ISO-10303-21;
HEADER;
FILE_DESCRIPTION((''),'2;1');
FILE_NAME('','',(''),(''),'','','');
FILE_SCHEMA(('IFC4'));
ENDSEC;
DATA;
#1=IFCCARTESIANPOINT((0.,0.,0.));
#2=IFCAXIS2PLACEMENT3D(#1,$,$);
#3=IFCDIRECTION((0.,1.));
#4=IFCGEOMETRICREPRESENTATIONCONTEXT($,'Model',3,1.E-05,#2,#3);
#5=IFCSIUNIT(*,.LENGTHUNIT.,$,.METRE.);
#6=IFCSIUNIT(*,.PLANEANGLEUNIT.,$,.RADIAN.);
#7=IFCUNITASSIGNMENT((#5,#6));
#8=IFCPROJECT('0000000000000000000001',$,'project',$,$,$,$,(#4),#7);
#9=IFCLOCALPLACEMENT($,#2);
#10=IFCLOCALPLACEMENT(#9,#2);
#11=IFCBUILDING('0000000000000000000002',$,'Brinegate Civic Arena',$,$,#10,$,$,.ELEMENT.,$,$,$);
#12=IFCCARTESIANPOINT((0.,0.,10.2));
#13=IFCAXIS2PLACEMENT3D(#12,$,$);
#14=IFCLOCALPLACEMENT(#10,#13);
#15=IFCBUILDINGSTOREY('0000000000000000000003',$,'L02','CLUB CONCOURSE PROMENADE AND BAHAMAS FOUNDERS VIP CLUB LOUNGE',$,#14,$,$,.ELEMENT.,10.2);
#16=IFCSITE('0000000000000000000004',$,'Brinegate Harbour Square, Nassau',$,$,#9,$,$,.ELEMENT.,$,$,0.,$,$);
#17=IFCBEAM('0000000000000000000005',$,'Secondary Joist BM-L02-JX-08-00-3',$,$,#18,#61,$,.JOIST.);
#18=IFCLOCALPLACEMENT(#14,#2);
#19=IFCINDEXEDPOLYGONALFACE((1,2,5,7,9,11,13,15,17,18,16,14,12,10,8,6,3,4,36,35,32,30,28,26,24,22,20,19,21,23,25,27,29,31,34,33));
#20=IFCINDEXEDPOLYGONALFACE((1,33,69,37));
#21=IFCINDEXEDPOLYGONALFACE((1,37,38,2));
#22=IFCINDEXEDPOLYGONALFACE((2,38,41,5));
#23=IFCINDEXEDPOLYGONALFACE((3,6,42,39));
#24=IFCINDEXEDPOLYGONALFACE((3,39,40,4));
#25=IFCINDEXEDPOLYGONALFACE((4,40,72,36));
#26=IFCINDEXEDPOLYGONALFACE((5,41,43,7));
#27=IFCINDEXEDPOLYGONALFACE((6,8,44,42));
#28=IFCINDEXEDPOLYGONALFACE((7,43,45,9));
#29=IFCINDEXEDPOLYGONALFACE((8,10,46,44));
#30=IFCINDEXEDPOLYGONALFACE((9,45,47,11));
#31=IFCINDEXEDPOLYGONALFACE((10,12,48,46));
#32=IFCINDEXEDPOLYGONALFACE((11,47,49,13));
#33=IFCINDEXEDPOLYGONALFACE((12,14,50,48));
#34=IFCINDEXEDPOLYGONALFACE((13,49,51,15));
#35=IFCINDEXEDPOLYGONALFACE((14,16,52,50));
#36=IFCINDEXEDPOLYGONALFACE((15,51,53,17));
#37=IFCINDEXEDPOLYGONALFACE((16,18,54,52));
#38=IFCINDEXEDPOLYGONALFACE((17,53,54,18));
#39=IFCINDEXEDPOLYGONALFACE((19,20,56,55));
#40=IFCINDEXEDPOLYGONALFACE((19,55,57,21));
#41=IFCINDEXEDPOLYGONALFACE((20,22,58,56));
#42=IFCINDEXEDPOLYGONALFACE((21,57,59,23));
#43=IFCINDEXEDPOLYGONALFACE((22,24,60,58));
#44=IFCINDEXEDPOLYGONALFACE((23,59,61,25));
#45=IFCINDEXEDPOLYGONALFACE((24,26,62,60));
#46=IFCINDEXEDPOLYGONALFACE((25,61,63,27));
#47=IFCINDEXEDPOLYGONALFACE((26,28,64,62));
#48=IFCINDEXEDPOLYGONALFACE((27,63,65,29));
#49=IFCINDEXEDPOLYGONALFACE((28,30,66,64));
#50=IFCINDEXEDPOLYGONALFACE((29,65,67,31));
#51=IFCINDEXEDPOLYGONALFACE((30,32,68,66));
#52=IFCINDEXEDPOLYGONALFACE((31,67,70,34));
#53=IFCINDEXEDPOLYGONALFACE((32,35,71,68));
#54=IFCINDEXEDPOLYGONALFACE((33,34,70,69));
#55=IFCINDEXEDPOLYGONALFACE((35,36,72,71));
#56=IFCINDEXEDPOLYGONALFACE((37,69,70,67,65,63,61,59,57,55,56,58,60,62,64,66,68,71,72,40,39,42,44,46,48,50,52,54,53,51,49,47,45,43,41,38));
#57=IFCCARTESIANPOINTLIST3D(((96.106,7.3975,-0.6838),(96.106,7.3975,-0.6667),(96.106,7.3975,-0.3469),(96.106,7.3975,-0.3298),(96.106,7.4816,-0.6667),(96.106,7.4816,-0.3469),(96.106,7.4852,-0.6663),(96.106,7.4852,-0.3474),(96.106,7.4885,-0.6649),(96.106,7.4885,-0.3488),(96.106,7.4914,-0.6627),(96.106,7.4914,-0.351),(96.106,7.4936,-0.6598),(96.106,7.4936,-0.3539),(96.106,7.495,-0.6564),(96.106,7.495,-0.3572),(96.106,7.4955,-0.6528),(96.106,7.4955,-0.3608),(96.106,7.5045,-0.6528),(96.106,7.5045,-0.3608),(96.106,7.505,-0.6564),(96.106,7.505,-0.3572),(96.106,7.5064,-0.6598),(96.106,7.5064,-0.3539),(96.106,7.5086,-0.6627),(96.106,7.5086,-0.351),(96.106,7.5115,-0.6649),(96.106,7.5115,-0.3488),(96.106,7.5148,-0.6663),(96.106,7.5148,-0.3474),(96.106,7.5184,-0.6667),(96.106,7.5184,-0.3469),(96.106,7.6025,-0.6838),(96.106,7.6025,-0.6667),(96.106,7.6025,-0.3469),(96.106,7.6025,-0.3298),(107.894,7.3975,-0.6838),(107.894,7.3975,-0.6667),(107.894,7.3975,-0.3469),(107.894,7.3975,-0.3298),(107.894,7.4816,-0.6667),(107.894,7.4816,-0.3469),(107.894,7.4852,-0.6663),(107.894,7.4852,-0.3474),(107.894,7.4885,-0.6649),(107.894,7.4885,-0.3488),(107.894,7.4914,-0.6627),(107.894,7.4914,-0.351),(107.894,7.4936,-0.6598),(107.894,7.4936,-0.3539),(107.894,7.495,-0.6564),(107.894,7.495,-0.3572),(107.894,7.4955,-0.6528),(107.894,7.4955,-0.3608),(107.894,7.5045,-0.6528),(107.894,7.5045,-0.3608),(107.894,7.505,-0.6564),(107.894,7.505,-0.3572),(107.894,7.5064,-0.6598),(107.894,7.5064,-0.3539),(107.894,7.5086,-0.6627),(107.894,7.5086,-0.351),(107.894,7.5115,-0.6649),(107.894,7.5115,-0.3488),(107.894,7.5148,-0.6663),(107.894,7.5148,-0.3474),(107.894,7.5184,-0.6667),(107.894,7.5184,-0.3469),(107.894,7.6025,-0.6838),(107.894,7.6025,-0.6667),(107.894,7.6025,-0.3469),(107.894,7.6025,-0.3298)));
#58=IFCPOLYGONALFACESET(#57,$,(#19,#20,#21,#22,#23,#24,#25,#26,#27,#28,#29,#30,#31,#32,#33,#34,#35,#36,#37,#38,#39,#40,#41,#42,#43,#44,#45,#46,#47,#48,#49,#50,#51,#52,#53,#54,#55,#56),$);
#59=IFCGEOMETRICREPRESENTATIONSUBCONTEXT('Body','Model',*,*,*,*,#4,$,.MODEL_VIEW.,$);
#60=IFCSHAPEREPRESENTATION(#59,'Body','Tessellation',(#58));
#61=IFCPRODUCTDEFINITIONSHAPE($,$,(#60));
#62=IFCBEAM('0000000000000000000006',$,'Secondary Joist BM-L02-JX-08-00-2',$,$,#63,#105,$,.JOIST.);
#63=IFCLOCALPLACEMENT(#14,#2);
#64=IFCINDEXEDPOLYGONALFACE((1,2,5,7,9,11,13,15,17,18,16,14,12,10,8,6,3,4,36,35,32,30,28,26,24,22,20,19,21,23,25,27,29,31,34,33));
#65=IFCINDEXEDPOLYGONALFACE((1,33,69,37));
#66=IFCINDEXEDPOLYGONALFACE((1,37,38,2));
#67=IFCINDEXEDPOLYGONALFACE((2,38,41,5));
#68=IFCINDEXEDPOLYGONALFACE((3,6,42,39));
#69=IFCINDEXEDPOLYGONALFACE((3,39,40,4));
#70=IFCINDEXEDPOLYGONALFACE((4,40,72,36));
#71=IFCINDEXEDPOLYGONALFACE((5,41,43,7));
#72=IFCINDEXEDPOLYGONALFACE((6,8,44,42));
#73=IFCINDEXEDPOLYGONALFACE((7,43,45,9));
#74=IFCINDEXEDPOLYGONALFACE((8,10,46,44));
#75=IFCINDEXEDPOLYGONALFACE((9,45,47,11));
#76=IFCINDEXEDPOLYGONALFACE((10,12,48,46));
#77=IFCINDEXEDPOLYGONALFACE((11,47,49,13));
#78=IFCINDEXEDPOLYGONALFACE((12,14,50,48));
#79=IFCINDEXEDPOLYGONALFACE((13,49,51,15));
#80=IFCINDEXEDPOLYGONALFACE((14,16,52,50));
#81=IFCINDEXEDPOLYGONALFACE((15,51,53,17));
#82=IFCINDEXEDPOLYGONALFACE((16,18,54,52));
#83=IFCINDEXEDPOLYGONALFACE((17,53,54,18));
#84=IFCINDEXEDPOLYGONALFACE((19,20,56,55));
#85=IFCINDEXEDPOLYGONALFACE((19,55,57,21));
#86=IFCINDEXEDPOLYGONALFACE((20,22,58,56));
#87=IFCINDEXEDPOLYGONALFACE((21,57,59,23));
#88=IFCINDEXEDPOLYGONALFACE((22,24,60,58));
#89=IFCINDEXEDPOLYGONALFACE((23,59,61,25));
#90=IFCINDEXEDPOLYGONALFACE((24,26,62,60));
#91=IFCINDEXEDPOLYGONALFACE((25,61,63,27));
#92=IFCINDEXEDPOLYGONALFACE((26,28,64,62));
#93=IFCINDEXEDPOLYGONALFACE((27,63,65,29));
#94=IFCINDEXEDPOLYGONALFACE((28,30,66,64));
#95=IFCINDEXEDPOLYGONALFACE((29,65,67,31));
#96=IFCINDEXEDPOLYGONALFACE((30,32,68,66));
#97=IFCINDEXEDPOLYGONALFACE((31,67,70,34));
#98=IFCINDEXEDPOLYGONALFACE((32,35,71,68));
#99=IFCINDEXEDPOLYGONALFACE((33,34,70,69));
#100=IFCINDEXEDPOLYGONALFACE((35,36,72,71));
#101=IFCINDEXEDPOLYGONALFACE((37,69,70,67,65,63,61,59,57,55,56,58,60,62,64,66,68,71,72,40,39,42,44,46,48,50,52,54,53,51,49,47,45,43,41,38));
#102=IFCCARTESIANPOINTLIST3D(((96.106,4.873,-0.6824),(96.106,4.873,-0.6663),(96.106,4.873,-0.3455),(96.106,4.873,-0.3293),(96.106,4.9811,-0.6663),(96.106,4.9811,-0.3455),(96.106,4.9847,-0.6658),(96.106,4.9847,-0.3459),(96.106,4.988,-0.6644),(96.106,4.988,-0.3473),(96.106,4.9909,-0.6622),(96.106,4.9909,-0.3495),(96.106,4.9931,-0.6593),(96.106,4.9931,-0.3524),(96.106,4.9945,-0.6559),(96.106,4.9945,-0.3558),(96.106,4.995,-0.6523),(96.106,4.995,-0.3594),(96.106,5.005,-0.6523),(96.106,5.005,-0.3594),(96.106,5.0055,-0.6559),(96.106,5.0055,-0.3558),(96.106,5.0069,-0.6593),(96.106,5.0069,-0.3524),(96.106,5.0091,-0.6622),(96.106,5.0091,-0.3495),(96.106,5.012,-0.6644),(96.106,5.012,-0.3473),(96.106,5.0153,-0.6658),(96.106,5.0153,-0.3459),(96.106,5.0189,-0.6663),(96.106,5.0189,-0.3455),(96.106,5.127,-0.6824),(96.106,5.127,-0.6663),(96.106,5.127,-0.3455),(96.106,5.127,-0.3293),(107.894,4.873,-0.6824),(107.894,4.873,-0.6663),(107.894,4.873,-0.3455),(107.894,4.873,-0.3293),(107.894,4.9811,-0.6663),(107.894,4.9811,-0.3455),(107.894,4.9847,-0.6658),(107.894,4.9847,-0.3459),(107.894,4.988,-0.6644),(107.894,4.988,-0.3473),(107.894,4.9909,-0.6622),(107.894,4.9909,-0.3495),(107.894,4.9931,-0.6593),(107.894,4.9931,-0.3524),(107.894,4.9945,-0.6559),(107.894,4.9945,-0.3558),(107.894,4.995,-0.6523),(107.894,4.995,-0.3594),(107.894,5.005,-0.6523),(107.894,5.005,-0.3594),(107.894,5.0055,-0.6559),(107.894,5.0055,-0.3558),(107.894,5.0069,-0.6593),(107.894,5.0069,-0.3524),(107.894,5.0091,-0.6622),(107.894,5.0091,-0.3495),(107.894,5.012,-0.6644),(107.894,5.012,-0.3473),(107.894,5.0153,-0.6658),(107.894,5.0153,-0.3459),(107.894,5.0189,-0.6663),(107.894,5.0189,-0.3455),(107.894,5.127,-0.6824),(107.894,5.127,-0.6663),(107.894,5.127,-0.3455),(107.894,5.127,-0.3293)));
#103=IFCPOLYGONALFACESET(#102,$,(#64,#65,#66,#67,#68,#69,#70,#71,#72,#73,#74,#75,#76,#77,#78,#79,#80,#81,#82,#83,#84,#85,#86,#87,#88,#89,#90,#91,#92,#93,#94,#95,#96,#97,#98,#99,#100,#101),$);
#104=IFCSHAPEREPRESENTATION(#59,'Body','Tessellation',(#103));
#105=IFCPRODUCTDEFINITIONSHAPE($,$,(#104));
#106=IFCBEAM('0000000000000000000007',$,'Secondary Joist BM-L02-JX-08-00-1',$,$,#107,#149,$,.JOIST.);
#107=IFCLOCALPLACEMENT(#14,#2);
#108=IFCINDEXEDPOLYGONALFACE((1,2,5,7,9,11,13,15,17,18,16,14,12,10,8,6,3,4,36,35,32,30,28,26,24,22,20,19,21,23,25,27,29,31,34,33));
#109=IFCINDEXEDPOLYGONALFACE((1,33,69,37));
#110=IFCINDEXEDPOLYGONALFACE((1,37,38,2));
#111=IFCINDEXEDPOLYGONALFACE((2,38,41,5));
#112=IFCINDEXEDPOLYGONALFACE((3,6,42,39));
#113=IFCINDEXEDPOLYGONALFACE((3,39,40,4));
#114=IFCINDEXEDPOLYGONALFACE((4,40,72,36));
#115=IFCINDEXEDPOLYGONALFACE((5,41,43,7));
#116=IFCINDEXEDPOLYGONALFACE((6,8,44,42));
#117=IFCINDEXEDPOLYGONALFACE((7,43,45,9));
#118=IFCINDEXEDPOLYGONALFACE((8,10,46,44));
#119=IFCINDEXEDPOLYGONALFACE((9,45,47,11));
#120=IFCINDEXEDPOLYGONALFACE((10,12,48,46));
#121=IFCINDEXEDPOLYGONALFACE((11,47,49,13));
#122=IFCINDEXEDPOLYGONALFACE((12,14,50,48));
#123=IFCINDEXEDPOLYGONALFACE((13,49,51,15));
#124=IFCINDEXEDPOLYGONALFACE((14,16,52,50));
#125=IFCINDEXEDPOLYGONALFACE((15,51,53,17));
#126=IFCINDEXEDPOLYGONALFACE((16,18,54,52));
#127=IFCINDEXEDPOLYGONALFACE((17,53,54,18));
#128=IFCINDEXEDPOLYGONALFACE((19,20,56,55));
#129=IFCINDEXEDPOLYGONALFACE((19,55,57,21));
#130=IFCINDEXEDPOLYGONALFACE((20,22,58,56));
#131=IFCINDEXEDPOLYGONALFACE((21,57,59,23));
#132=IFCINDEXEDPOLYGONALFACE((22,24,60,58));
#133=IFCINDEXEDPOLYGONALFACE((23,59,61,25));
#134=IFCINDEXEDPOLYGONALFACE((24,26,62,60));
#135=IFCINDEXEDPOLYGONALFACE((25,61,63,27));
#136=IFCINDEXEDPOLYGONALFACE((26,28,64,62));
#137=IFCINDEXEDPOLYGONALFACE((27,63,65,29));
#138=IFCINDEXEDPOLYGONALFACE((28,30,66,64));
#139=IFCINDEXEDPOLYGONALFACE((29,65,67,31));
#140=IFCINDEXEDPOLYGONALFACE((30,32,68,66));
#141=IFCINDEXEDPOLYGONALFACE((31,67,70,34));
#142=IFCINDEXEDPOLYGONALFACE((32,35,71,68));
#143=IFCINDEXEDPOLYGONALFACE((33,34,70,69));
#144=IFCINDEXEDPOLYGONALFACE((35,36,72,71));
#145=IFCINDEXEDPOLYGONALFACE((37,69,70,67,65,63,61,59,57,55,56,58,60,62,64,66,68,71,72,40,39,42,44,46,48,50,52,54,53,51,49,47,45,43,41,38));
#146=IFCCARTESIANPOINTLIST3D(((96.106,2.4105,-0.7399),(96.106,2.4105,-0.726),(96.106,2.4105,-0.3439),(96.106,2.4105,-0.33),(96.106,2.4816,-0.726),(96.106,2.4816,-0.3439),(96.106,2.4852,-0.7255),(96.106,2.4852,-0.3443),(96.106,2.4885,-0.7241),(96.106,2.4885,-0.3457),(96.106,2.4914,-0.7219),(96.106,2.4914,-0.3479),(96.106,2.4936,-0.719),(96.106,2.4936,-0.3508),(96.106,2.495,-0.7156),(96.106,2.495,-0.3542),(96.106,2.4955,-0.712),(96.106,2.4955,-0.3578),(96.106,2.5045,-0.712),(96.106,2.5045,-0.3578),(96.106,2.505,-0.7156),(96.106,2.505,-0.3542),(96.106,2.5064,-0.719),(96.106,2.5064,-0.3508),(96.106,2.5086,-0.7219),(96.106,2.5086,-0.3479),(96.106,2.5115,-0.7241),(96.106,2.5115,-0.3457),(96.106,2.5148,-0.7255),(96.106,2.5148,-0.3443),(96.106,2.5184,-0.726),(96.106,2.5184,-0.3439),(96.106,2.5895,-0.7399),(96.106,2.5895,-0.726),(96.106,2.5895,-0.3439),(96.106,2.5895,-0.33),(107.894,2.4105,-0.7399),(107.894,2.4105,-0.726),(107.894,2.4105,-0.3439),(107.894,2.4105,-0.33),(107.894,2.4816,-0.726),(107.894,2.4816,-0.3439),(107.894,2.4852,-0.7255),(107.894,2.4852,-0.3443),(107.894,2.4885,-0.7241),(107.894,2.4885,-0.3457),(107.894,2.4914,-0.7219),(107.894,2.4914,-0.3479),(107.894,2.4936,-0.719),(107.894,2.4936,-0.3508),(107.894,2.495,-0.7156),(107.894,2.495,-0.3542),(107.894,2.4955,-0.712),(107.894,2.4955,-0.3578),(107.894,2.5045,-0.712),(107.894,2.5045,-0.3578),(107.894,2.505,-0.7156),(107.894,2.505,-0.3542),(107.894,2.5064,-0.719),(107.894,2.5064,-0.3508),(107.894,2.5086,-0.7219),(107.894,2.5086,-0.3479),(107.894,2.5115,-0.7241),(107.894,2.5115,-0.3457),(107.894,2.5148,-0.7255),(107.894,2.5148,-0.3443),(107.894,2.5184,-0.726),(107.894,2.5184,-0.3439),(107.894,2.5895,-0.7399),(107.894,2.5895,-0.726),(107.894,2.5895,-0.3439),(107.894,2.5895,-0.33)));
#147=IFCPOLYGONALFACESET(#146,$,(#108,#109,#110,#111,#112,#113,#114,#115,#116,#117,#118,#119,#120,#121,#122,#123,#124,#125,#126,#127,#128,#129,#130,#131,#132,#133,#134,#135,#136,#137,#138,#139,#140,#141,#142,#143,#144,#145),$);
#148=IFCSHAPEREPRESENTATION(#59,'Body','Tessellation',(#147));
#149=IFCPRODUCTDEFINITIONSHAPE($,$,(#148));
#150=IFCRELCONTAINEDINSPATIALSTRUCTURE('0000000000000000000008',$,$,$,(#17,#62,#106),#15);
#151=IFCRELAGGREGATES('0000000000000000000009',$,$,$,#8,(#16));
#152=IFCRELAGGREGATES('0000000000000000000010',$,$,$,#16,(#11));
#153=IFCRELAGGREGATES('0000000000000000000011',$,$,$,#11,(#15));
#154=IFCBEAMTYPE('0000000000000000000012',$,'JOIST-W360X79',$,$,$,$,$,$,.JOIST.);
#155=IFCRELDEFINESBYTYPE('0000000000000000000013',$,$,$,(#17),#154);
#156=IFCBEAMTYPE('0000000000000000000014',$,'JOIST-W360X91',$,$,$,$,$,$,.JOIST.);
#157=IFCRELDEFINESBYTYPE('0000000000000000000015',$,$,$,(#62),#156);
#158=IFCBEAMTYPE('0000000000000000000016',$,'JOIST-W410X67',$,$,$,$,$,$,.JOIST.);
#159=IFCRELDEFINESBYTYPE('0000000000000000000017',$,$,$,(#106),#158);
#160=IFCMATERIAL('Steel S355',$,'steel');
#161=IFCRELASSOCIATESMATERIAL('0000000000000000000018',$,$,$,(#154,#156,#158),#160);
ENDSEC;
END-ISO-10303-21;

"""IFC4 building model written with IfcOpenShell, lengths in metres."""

from ifc_helpers import new_model, si_unit, direction, frame, origin, origin_2d, place, context, subcontext, project, spatial, i_section, extrude, material, material_profile, profile_set, type_object, element, save


model = new_model("IFC4")

# Units and contexts
model_context = context("Model", 3, precision=1e-05, world=origin(), true_north=direction((0.0, 1.0)))
body_context = subcontext(model_context, "Body", "Model", "MODEL_VIEW")
ifc_project = project(units=[si_unit("LENGTHUNIT", "METRE"), si_unit("PLANEANGLEUNIT", "RADIAN")], contexts=[model_context])

# Site, building, storey
site_placement = place(None, origin())
site = spatial("IfcSite", under=ifc_project, at=site_placement, Name="Brinegate Harbour Square, Nassau", CompositionType="ELEMENT", RefElevation=0.0)
building_placement = place(site_placement, origin())
building = spatial("IfcBuilding", under=site, at=building_placement, Name="Brinegate Civic Arena", CompositionType="ELEMENT")
storey_placement = place(building_placement, frame((0.0, 0.0, 10.2)))
storey = spatial("IfcBuildingStorey", under=building, at=storey_placement, Name="L02", Description="CLUB CONCOURSE PROMENADE AND BAHAMAS FOUNDERS VIP CLUB LOUNGE", CompositionType="ELEMENT", Elevation=10.2)

# Beams
ifc_material_1 = material(Name="Steel S355", Category="steel")
ifc_material_profile_1 = material_profile(ifc_material_1, i_section(OverallWidth=0.2051, OverallDepth=0.354, WebThickness=0.009, FlangeThickness=0.0171, FilletRadius=0.0139, at=origin_2d()), Name="W360X79")
ifc_profile_set_1 = profile_set([ifc_material_profile_1], Name="Steel S355")
beam_type_1 = type_object("IfcBeamType", Name="JOIST-W360X79", PredefinedType="JOIST", material=ifc_profile_set_1)
beam_1_placement = place(storey_placement, frame((96.106, 7.5, -0.5068), z_axis=(1.0, 0.0, 0.0), x_axis=(0.0, 1.0, 0.0)))
element("IfcBeam", 1, at=beam_1_placement, inside=storey, type_object=beam_type_1, Name="Secondary Joist BM-L02-JX-08-00-3", PredefinedType="JOIST", context=body_context, shape_type="SweptSolid", body=[
    extrude(i_section(OverallWidth=0.2051, OverallDepth=0.354, WebThickness=0.009, FlangeThickness=0.0171, FilletRadius=0.0139, at=origin_2d()), origin(), (0.0, 0.0, 1.0), 11.7881),
])
ifc_material_profile_2 = material_profile(ifc_material_1, i_section(OverallWidth=0.2539, OverallDepth=0.353, WebThickness=0.01, FlangeThickness=0.0161, FilletRadius=0.0139, at=origin_2d()), Name="W360X91")
ifc_profile_set_2 = profile_set([ifc_material_profile_2], Name="Steel S355")
beam_type_2 = type_object("IfcBeamType", Name="JOIST-W360X91", PredefinedType="JOIST", material=ifc_profile_set_2)
beam_2_placement = place(storey_placement, frame((96.106, 5.0, -0.5059), z_axis=(1.0, 0.0, 0.0), x_axis=(0.0, 1.0, 0.0)))
element("IfcBeam", 2, at=beam_2_placement, inside=storey, type_object=beam_type_2, Name="Secondary Joist BM-L02-JX-08-00-2", PredefinedType="JOIST", context=body_context, shape_type="SweptSolid", body=[
    extrude(i_section(OverallWidth=0.2539, OverallDepth=0.353, WebThickness=0.01, FlangeThickness=0.0161, FilletRadius=0.0139, at=origin_2d()), origin(), (0.0, 0.0, 1.0), 11.7881),
])
ifc_material_profile_3 = material_profile(ifc_material_1, i_section(OverallWidth=0.179, OverallDepth=0.4099, WebThickness=0.009, FlangeThickness=0.0139, FilletRadius=0.0139, at=origin_2d()), Name="W410X67")
ifc_profile_set_3 = profile_set([ifc_material_profile_3], Name="Steel S355")
beam_type_3 = type_object("IfcBeamType", Name="JOIST-W410X67", PredefinedType="JOIST", material=ifc_profile_set_3)
beam_3_placement = place(storey_placement, frame((96.106, 2.5, -0.5349), z_axis=(1.0, 0.0, 0.0), x_axis=(0.0, 1.0, 0.0)))
element("IfcBeam", 3, at=beam_3_placement, inside=storey, type_object=beam_type_3, Name="Secondary Joist BM-L02-JX-08-00-1", PredefinedType="JOIST", context=body_context, shape_type="SweptSolid", body=[
    extrude(i_section(OverallWidth=0.179, OverallDepth=0.4099, WebThickness=0.009, FlangeThickness=0.0139, FilletRadius=0.0139, at=origin_2d()), origin(), (0.0, 0.0, 1.0), 11.7881),
])

save(model, "model.ifc")
